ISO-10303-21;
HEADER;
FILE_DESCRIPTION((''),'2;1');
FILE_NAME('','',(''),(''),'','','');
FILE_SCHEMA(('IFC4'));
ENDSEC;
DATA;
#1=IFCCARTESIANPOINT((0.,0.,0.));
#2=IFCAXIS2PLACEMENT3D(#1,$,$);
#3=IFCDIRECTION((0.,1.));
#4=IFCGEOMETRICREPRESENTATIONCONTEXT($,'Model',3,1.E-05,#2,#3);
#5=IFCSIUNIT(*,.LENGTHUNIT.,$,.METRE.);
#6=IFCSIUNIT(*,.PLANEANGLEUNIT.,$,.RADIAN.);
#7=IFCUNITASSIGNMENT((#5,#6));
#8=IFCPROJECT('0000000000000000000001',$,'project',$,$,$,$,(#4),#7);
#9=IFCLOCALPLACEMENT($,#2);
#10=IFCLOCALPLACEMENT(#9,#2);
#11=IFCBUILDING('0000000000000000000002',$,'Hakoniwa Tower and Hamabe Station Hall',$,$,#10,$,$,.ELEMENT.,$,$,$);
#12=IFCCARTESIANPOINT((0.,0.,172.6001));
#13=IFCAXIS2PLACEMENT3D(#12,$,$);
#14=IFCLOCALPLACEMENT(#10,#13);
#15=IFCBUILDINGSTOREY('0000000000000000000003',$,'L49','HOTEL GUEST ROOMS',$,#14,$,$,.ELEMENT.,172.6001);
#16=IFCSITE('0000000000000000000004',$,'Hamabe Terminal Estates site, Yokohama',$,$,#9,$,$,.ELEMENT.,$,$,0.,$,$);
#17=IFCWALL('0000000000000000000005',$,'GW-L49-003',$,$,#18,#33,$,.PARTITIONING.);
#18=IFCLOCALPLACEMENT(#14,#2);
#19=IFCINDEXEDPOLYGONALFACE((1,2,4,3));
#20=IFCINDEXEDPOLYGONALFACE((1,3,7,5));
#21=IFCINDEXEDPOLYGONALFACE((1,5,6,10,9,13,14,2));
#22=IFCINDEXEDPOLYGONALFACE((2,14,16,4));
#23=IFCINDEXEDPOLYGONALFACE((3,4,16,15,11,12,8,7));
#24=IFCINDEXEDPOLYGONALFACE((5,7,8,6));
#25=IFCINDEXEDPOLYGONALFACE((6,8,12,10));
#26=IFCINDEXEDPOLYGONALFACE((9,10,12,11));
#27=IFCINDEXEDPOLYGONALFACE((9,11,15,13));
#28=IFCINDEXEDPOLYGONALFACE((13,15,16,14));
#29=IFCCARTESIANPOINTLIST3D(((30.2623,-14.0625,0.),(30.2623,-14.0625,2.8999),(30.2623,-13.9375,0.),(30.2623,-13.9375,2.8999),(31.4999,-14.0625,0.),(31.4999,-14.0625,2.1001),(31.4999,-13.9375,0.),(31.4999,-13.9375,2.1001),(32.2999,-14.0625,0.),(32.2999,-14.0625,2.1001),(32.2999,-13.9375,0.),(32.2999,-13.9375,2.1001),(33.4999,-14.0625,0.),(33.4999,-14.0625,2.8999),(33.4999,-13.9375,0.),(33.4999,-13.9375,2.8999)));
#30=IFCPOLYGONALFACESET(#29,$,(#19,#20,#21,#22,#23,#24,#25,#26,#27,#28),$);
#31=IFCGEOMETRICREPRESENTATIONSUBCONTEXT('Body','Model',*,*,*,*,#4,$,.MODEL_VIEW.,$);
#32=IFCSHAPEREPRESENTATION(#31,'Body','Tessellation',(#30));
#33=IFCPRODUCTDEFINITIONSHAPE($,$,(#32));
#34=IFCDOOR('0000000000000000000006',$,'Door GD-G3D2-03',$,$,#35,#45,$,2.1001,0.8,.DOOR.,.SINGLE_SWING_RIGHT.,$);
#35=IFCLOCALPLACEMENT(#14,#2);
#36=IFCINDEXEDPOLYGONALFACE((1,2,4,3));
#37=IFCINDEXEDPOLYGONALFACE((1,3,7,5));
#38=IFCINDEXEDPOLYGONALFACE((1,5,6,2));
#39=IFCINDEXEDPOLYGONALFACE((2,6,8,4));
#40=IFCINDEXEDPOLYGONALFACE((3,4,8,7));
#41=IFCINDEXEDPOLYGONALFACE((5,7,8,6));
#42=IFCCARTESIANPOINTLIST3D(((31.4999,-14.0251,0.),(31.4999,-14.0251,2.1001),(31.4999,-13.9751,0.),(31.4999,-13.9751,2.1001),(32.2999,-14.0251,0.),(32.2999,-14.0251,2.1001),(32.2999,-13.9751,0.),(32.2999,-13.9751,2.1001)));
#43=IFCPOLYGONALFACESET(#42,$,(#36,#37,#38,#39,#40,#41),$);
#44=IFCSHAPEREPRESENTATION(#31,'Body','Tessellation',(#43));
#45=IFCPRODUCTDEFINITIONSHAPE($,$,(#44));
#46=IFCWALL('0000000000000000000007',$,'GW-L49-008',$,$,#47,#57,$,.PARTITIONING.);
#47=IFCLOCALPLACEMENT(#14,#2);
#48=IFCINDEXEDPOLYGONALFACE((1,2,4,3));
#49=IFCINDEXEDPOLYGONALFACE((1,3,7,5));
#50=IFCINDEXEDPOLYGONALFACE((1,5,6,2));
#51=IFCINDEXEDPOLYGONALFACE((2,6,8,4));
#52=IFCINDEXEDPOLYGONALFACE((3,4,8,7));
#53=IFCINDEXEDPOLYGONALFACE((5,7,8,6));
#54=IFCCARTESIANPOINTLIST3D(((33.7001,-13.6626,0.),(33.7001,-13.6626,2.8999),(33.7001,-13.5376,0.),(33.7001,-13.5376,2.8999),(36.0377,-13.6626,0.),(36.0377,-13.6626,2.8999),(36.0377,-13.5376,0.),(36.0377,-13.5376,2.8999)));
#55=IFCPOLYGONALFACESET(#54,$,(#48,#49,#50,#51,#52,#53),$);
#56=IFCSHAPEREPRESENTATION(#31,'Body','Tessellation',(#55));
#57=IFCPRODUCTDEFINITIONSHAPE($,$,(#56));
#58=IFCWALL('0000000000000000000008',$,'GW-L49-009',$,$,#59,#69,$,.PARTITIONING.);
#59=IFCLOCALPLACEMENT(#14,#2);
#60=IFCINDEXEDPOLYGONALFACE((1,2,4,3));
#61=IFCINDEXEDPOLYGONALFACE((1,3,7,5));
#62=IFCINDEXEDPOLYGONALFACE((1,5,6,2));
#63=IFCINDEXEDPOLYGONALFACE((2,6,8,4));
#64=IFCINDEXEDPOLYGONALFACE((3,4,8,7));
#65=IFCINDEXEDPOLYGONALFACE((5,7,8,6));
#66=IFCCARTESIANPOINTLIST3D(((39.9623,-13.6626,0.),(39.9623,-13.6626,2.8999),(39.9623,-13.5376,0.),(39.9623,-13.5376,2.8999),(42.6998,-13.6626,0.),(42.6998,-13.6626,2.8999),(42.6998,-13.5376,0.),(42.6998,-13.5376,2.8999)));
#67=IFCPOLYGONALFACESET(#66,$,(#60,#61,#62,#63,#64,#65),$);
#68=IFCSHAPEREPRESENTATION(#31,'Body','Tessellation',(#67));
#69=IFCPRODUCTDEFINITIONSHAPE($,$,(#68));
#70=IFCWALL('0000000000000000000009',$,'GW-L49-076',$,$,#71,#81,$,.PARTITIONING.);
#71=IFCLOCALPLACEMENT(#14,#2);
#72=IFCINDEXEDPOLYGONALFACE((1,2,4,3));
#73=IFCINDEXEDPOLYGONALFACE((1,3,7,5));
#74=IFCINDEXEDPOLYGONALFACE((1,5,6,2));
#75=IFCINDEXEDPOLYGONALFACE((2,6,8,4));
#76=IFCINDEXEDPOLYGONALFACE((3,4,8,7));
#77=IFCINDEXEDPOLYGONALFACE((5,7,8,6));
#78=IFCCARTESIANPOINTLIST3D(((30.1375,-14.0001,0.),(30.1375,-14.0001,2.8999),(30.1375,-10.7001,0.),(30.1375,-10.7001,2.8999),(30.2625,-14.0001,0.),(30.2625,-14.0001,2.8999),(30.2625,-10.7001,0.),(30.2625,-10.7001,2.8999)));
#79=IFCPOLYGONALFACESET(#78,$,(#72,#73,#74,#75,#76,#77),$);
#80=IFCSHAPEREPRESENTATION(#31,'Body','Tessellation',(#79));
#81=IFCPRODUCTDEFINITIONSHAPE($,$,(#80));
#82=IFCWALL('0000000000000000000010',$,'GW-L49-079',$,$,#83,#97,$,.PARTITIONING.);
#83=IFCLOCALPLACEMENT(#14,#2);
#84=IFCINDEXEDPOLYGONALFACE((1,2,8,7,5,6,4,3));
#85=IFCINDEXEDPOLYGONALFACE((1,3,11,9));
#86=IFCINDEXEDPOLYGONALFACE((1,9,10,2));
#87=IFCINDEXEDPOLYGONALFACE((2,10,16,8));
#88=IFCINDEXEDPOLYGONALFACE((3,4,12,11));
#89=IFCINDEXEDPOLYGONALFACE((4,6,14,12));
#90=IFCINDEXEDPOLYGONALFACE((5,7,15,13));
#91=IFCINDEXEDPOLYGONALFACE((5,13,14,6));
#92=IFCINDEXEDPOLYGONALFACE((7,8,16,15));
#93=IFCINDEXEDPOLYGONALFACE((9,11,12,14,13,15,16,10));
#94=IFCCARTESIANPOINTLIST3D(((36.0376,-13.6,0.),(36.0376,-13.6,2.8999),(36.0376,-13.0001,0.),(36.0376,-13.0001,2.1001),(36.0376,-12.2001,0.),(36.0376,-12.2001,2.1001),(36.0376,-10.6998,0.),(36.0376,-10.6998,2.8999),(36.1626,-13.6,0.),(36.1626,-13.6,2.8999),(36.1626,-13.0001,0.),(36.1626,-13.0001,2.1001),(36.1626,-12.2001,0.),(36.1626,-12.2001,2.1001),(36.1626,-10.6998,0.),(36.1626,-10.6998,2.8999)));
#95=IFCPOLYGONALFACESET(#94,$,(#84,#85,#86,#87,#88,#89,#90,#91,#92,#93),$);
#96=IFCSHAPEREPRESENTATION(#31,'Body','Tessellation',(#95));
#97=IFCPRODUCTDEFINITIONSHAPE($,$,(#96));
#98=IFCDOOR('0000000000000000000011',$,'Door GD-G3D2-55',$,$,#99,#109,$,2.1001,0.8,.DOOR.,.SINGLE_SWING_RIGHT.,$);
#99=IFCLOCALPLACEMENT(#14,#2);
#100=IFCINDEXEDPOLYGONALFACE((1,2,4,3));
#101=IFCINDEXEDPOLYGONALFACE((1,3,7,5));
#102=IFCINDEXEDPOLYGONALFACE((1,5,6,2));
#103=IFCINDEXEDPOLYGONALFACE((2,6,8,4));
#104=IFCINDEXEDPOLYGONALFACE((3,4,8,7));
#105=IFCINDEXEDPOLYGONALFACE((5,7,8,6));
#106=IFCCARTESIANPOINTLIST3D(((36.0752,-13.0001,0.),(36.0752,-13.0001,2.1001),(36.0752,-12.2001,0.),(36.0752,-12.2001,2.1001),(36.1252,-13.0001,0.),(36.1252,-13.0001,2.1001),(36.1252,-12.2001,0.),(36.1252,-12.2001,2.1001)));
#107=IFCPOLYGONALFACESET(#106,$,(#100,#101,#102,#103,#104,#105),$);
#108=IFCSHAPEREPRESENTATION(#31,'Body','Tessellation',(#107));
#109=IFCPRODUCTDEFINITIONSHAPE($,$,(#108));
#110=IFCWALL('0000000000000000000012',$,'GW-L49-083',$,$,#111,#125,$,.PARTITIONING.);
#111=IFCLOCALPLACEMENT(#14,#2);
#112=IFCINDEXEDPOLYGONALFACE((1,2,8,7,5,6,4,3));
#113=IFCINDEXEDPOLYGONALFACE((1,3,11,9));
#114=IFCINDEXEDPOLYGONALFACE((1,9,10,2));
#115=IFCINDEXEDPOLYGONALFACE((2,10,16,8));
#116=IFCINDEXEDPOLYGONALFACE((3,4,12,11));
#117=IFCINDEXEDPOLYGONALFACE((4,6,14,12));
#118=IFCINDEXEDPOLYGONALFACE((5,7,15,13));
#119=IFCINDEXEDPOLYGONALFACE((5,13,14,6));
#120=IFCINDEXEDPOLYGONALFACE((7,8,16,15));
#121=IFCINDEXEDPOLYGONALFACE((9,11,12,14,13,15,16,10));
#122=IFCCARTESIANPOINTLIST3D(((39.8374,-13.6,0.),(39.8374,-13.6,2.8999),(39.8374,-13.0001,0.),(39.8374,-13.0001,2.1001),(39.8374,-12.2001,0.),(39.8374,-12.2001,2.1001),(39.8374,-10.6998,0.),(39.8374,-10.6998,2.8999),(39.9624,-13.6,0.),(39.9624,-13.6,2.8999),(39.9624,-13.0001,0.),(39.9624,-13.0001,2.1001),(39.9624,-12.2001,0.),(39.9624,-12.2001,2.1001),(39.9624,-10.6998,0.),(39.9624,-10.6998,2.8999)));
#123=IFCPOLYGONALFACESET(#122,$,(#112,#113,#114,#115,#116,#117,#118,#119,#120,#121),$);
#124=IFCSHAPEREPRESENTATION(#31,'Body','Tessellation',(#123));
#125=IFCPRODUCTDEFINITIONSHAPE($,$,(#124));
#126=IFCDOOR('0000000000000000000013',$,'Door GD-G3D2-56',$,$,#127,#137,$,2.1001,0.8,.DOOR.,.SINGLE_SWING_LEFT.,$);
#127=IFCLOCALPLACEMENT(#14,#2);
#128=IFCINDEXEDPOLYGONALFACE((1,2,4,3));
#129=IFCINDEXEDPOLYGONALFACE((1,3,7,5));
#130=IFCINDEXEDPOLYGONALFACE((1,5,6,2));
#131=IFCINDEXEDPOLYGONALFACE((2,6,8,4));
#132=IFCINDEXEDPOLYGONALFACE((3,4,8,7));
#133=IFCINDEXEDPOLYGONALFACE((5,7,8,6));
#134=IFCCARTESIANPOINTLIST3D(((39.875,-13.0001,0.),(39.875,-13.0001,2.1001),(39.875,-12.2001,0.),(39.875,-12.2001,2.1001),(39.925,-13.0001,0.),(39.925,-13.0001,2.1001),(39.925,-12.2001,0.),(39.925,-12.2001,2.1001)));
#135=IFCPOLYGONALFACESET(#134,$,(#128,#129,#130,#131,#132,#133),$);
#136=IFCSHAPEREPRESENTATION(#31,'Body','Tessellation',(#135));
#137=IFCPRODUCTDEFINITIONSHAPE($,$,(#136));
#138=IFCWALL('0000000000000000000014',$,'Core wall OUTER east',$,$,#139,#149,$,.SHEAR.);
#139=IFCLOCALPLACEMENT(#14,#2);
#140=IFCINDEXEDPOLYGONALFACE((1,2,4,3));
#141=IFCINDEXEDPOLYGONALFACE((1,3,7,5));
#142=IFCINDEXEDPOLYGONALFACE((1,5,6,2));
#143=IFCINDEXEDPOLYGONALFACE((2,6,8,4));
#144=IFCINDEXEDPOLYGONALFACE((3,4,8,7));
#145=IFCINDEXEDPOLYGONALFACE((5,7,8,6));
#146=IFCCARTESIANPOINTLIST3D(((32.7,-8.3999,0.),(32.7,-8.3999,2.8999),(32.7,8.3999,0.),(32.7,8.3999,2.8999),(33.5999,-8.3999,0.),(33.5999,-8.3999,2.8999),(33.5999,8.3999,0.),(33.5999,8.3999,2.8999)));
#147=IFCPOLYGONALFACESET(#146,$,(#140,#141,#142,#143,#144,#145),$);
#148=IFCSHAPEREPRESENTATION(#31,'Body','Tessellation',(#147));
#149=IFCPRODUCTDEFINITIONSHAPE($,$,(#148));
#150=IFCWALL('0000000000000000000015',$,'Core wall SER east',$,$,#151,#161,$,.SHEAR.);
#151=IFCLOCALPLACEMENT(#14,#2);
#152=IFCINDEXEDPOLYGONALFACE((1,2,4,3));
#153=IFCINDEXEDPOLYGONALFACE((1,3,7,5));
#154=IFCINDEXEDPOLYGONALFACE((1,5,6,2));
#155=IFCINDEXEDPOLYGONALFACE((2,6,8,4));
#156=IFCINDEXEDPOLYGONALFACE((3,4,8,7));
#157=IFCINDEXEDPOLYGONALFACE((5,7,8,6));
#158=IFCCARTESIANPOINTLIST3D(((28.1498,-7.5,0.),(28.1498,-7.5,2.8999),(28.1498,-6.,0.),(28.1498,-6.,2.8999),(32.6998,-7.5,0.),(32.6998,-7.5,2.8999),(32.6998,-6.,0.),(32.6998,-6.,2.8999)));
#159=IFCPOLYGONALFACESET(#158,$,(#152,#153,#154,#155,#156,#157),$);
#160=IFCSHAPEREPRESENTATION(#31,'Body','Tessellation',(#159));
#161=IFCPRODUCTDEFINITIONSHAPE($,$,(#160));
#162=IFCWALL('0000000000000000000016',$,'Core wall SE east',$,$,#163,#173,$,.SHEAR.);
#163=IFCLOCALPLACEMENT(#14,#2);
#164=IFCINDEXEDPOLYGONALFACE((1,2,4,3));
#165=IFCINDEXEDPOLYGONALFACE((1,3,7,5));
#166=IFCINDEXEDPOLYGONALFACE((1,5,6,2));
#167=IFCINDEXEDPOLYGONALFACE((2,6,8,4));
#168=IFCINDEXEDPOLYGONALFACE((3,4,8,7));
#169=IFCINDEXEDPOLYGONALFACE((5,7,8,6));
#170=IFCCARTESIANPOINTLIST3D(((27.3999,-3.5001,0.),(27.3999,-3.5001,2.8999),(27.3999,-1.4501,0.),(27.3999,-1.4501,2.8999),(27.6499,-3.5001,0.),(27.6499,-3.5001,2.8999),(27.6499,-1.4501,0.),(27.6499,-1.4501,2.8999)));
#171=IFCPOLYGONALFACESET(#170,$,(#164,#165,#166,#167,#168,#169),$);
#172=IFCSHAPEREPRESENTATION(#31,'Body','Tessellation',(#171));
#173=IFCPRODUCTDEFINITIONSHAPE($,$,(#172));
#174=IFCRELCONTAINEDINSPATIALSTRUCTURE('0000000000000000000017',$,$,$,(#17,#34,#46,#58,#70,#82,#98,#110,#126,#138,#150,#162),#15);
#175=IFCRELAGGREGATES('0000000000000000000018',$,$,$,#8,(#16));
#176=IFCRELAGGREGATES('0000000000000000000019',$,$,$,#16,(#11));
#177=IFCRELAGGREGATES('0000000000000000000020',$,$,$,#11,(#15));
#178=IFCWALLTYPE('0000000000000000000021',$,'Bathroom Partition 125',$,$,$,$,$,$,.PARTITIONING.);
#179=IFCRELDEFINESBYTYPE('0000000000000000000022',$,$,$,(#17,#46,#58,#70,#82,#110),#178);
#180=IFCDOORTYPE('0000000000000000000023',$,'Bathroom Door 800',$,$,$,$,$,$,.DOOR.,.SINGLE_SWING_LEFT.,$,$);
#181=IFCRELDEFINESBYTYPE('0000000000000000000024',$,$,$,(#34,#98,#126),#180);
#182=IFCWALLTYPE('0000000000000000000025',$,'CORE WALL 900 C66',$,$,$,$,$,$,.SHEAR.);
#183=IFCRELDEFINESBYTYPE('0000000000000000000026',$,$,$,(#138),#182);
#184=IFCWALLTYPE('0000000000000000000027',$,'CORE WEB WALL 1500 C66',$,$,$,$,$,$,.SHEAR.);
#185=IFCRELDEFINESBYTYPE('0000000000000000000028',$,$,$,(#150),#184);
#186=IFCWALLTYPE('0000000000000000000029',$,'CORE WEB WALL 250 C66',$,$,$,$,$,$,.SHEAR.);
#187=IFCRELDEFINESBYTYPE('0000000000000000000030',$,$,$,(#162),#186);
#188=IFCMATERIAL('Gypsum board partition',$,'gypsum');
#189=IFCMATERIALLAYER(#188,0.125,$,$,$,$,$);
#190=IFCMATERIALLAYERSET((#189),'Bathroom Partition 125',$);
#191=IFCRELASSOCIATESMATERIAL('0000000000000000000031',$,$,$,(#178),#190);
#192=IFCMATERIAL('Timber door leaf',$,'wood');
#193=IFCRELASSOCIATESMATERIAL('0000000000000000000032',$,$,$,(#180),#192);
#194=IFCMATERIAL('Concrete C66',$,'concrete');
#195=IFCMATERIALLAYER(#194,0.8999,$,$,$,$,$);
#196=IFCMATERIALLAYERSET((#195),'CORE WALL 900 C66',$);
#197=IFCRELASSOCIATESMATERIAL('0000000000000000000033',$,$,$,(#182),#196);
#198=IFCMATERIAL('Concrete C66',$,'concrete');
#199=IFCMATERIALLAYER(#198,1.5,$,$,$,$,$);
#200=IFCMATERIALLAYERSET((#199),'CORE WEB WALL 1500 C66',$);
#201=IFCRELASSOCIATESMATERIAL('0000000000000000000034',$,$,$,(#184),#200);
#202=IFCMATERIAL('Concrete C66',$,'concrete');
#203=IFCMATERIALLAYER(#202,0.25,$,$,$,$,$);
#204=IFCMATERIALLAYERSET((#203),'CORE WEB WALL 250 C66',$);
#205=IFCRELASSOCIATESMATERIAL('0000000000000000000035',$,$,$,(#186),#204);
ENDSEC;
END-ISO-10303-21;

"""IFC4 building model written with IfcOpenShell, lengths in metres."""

from ifc_helpers import new_model, si_unit, direction, frame, frame_2d, origin, place, context, subcontext, project, spatial, rectangle, extrude, material, layer, layer_set, type_object, element, fill, save


model = new_model("IFC4")

# Units and contexts
model_context = context("Model", 3, precision=1e-05, world=origin(), true_north=direction((0.0, 1.0)))
body_context = subcontext(model_context, "Body", "Model", "MODEL_VIEW")
ifc_project = project(units=[si_unit("LENGTHUNIT", "METRE"), si_unit("PLANEANGLEUNIT", "RADIAN")], contexts=[model_context])

# Site, building, storey
site_placement = place(None, origin())
site = spatial("IfcSite", under=ifc_project, at=site_placement, Name="Hamabe Terminal Estates site, Yokohama", CompositionType="ELEMENT", RefElevation=0.0)
building_placement = place(site_placement, origin())
building = spatial("IfcBuilding", under=site, at=building_placement, Name="Hakoniwa Tower and Hamabe Station Hall", CompositionType="ELEMENT")
storey_placement = place(building_placement, frame((0.0, 0.0, 172.6001)))
storey = spatial("IfcBuildingStorey", under=building, at=storey_placement, Name="L49", Description="HOTEL GUEST ROOMS", CompositionType="ELEMENT", Elevation=172.6001)

# Wall, opening, door
ifc_material_1 = material(Name="Gypsum board partition", Category="gypsum")
ifc_layer_1 = layer(ifc_material_1, 0.125)
ifc_layer_set_1 = layer_set([ifc_layer_1], Name="Bathroom Partition 125")
wall_type_1 = type_object("IfcWallType", Name="Bathroom Partition 125", PredefinedType="PARTITIONING", material=ifc_layer_set_1)
wall_1_placement = place(storey_placement, frame((30.2625, -14.0, 0.0), z_axis=(0.0, 0.0, 1.0), x_axis=(1.0, 0.0, 0.0)))
wall_1 = element("IfcWall", 1, at=wall_1_placement, inside=storey, type_object=wall_type_1, Name="GW-L49-003", PredefinedType="PARTITIONING", context=body_context, shape_type="SweptSolid", body=[
    extrude(rectangle(XDim=3.2375, YDim=0.125, at=frame_2d((1.6187, 0.0))), origin(), (0.0, 0.0, 1.0), 2.8999),
])
opening_1_placement = place(wall_1_placement, frame((1.2375, 0.0, 0.0)))
opening_1 = element("IfcOpeningElement", 2, at=opening_1_placement, cuts=wall_1, PredefinedType="OPENING", context=body_context, shape_type="SweptSolid", body=[
    extrude(rectangle(XDim=0.8, YDim=2.1001, at=frame_2d((0.3999, 1.05))), frame((0.0, 0.0725, 0.0), z_axis=(0.0, -1.0, 0.0), x_axis=(1.0, 0.0, 0.0)), (0.0, 0.0, 1.0), 0.145),
])
ifc_material_2 = material(Name="Timber door leaf", Category="wood")
door_type_1 = type_object("IfcDoorType", Name="Bathroom Door 800", OperationType="SINGLE_SWING_LEFT", PredefinedType="DOOR", material=ifc_material_2)
door_1_placement = place(opening_1_placement, origin())
door_1 = element("IfcDoor", 3, at=door_1_placement, inside=storey, type_object=door_type_1, Name="Door GD-G3D2-03", OperationType="SINGLE_SWING_RIGHT", OverallHeight=2.1001, OverallWidth=0.8, PredefinedType="DOOR", context=body_context, shape_type="SweptSolid", body=[
    extrude(rectangle(XDim=0.8, YDim=2.1001, at=frame_2d((0.3999, 1.05))), frame((0.0, 0.0249, 0.0), z_axis=(0.0, -1.0, 0.0), x_axis=(1.0, 0.0, 0.0)), (0.0, 0.0, 1.0), 0.05),
])
fill(opening_1, door_1)

# Walls
wall_2_placement = place(storey_placement, frame((33.7, -13.6001, 0.0), z_axis=(0.0, 0.0, 1.0), x_axis=(1.0, 0.0, 0.0)))
element("IfcWall", 4, at=wall_2_placement, inside=storey, type_object=wall_type_1, Name="GW-L49-008", PredefinedType="PARTITIONING", context=body_context, shape_type="SweptSolid", body=[
    extrude(rectangle(XDim=2.3376, YDim=0.125, at=frame_2d((1.1689, 0.0))), origin(), (0.0, 0.0, 1.0), 2.8999),
])
wall_3_placement = place(storey_placement, frame((39.9624, -13.6001, 0.0), z_axis=(0.0, 0.0, 1.0), x_axis=(1.0, 0.0, 0.0)))
element("IfcWall", 5, at=wall_3_placement, inside=storey, type_object=wall_type_1, Name="GW-L49-009", PredefinedType="PARTITIONING", context=body_context, shape_type="SweptSolid", body=[
    extrude(rectangle(XDim=2.7375, YDim=0.125, at=frame_2d((1.3687, 0.0))), origin(), (0.0, 0.0, 1.0), 2.8999),
])
wall_4_placement = place(storey_placement, frame((30.2, -14.0, 0.0), z_axis=(0.0, 0.0, 1.0), x_axis=(0.0, 1.0, 0.0)))
element("IfcWall", 6, at=wall_4_placement, inside=storey, type_object=wall_type_1, Name="GW-L49-076", PredefinedType="PARTITIONING", context=body_context, shape_type="SweptSolid", body=[
    extrude(rectangle(XDim=3.3, YDim=0.125, at=frame_2d((1.6499, 0.0))), origin(), (0.0, 0.0, 1.0), 2.8999),
])

# Walls, openings, doors
wall_5_placement = place(storey_placement, frame((36.1001, -13.6001, 0.0), z_axis=(0.0, 0.0, 1.0), x_axis=(0.0, 1.0, 0.0)))
wall_5 = element("IfcWall", 7, at=wall_5_placement, inside=storey, type_object=wall_type_1, Name="GW-L49-079", PredefinedType="PARTITIONING", context=body_context, shape_type="SweptSolid", body=[
    extrude(rectangle(XDim=2.9001, YDim=0.125, at=frame_2d((1.4502, 0.0))), origin(), (0.0, 0.0, 1.0), 2.8999),
])
opening_2_placement = place(wall_5_placement, frame((0.6001, 0.0, 0.0)))
opening_2 = element("IfcOpeningElement", 8, at=opening_2_placement, cuts=wall_5, PredefinedType="OPENING", context=body_context, shape_type="SweptSolid", body=[
    extrude(rectangle(XDim=0.8, YDim=2.1001, at=frame_2d((0.3999, 1.05))), frame((0.0, 0.0725, 0.0), z_axis=(0.0, -1.0, 0.0), x_axis=(1.0, 0.0, 0.0)), (0.0, 0.0, 1.0), 0.145),
])
door_2_placement = place(opening_2_placement, origin())
door_2 = element("IfcDoor", 9, at=door_2_placement, inside=storey, type_object=door_type_1, Name="Door GD-G3D2-55", OperationType="SINGLE_SWING_RIGHT", OverallHeight=2.1001, OverallWidth=0.8, PredefinedType="DOOR", context=body_context, shape_type="SweptSolid", body=[
    extrude(rectangle(XDim=0.8, YDim=2.1001, at=frame_2d((0.3999, 1.05))), frame((0.0, 0.0249, 0.0), z_axis=(0.0, -1.0, 0.0), x_axis=(1.0, 0.0, 0.0)), (0.0, 0.0, 1.0), 0.05),
])
fill(opening_2, door_2)
wall_6_placement = place(storey_placement, frame((39.8999, -13.6001, 0.0), z_axis=(0.0, 0.0, 1.0), x_axis=(0.0, 1.0, 0.0)))
wall_6 = element("IfcWall", 10, at=wall_6_placement, inside=storey, type_object=wall_type_1, Name="GW-L49-083", PredefinedType="PARTITIONING", context=body_context, shape_type="SweptSolid", body=[
    extrude(rectangle(XDim=2.9001, YDim=0.125, at=frame_2d((1.4502, 0.0))), origin(), (0.0, 0.0, 1.0), 2.8999),
])
opening_3_placement = place(wall_6_placement, frame((0.6001, 0.0, 0.0)))
opening_3 = element("IfcOpeningElement", 11, at=opening_3_placement, cuts=wall_6, PredefinedType="OPENING", context=body_context, shape_type="SweptSolid", body=[
    extrude(rectangle(XDim=0.8, YDim=2.1001, at=frame_2d((0.3999, 1.05))), frame((0.0, 0.0725, 0.0), z_axis=(0.0, -1.0, 0.0), x_axis=(1.0, 0.0, 0.0)), (0.0, 0.0, 1.0), 0.145),
])
door_3_placement = place(opening_3_placement, origin())
door_3 = element("IfcDoor", 12, at=door_3_placement, inside=storey, type_object=door_type_1, Name="Door GD-G3D2-56", OperationType="SINGLE_SWING_LEFT", OverallHeight=2.1001, OverallWidth=0.8, PredefinedType="DOOR", context=body_context, shape_type="SweptSolid", body=[
    extrude(rectangle(XDim=0.8, YDim=2.1001, at=frame_2d((0.3999, 1.05))), frame((0.0, 0.0249, 0.0), z_axis=(0.0, -1.0, 0.0), x_axis=(1.0, 0.0, 0.0)), (0.0, 0.0, 1.0), 0.05),
])
fill(opening_3, door_3)

# Walls
ifc_material_3 = material(Name="Concrete C66", Category="concrete")
ifc_layer_2 = layer(ifc_material_3, 0.8999)
ifc_layer_set_2 = layer_set([ifc_layer_2], Name="CORE WALL 900 C66")
wall_type_2 = type_object("IfcWallType", Name="CORE WALL 900 C66", PredefinedType="SHEAR", material=ifc_layer_set_2)
wall_7_placement = place(storey_placement, frame((33.1499, -8.3999, 0.0), z_axis=(0.0, 0.0, 1.0), x_axis=(0.0, 1.0, 0.0)))
element("IfcWall", 13, at=wall_7_placement, inside=storey, type_object=wall_type_2, Name="Core wall OUTER east", PredefinedType="SHEAR", context=body_context, shape_type="SweptSolid", body=[
    extrude(rectangle(XDim=16.7998, YDim=0.8999, at=frame_2d((8.3999, 0.0))), origin(), (0.0, 0.0, 1.0), 2.8999),
])
ifc_material_4 = material(Name="Concrete C66", Category="concrete")
ifc_layer_3 = layer(ifc_material_4, 1.5)
ifc_layer_set_3 = layer_set([ifc_layer_3], Name="CORE WEB WALL 1500 C66")
wall_type_3 = type_object("IfcWallType", Name="CORE WEB WALL 1500 C66", PredefinedType="SHEAR", material=ifc_layer_set_3)
wall_8_placement = place(storey_placement, frame((28.1499, -6.75, 0.0), z_axis=(0.0, 0.0, 1.0), x_axis=(1.0, 0.0, 0.0)))
element("IfcWall", 14, at=wall_8_placement, inside=storey, type_object=wall_type_3, Name="Core wall SER east", PredefinedType="SHEAR", context=body_context, shape_type="SweptSolid", body=[
    extrude(rectangle(XDim=4.55, YDim=1.5, at=frame_2d((2.2749, 0.0))), origin(), (0.0, 0.0, 1.0), 2.8999),
])
ifc_material_5 = material(Name="Concrete C66", Category="concrete")
ifc_layer_4 = layer(ifc_material_5, 0.25)
ifc_layer_set_4 = layer_set([ifc_layer_4], Name="CORE WEB WALL 250 C66")
wall_type_4 = type_object("IfcWallType", Name="CORE WEB WALL 250 C66", PredefinedType="SHEAR", material=ifc_layer_set_4)
wall_9_placement = place(storey_placement, frame((27.5249, -3.5, 0.0), z_axis=(0.0, 0.0, 1.0), x_axis=(0.0, 1.0, 0.0)))
element("IfcWall", 15, at=wall_9_placement, inside=storey, type_object=wall_type_4, Name="Core wall SE east", PredefinedType="SHEAR", context=body_context, shape_type="SweptSolid", body=[
    extrude(rectangle(XDim=2.05, YDim=0.25, at=frame_2d((1.0249, 0.0))), origin(), (0.0, 0.0, 1.0), 2.8999),
])

save(model, "model.ifc")
